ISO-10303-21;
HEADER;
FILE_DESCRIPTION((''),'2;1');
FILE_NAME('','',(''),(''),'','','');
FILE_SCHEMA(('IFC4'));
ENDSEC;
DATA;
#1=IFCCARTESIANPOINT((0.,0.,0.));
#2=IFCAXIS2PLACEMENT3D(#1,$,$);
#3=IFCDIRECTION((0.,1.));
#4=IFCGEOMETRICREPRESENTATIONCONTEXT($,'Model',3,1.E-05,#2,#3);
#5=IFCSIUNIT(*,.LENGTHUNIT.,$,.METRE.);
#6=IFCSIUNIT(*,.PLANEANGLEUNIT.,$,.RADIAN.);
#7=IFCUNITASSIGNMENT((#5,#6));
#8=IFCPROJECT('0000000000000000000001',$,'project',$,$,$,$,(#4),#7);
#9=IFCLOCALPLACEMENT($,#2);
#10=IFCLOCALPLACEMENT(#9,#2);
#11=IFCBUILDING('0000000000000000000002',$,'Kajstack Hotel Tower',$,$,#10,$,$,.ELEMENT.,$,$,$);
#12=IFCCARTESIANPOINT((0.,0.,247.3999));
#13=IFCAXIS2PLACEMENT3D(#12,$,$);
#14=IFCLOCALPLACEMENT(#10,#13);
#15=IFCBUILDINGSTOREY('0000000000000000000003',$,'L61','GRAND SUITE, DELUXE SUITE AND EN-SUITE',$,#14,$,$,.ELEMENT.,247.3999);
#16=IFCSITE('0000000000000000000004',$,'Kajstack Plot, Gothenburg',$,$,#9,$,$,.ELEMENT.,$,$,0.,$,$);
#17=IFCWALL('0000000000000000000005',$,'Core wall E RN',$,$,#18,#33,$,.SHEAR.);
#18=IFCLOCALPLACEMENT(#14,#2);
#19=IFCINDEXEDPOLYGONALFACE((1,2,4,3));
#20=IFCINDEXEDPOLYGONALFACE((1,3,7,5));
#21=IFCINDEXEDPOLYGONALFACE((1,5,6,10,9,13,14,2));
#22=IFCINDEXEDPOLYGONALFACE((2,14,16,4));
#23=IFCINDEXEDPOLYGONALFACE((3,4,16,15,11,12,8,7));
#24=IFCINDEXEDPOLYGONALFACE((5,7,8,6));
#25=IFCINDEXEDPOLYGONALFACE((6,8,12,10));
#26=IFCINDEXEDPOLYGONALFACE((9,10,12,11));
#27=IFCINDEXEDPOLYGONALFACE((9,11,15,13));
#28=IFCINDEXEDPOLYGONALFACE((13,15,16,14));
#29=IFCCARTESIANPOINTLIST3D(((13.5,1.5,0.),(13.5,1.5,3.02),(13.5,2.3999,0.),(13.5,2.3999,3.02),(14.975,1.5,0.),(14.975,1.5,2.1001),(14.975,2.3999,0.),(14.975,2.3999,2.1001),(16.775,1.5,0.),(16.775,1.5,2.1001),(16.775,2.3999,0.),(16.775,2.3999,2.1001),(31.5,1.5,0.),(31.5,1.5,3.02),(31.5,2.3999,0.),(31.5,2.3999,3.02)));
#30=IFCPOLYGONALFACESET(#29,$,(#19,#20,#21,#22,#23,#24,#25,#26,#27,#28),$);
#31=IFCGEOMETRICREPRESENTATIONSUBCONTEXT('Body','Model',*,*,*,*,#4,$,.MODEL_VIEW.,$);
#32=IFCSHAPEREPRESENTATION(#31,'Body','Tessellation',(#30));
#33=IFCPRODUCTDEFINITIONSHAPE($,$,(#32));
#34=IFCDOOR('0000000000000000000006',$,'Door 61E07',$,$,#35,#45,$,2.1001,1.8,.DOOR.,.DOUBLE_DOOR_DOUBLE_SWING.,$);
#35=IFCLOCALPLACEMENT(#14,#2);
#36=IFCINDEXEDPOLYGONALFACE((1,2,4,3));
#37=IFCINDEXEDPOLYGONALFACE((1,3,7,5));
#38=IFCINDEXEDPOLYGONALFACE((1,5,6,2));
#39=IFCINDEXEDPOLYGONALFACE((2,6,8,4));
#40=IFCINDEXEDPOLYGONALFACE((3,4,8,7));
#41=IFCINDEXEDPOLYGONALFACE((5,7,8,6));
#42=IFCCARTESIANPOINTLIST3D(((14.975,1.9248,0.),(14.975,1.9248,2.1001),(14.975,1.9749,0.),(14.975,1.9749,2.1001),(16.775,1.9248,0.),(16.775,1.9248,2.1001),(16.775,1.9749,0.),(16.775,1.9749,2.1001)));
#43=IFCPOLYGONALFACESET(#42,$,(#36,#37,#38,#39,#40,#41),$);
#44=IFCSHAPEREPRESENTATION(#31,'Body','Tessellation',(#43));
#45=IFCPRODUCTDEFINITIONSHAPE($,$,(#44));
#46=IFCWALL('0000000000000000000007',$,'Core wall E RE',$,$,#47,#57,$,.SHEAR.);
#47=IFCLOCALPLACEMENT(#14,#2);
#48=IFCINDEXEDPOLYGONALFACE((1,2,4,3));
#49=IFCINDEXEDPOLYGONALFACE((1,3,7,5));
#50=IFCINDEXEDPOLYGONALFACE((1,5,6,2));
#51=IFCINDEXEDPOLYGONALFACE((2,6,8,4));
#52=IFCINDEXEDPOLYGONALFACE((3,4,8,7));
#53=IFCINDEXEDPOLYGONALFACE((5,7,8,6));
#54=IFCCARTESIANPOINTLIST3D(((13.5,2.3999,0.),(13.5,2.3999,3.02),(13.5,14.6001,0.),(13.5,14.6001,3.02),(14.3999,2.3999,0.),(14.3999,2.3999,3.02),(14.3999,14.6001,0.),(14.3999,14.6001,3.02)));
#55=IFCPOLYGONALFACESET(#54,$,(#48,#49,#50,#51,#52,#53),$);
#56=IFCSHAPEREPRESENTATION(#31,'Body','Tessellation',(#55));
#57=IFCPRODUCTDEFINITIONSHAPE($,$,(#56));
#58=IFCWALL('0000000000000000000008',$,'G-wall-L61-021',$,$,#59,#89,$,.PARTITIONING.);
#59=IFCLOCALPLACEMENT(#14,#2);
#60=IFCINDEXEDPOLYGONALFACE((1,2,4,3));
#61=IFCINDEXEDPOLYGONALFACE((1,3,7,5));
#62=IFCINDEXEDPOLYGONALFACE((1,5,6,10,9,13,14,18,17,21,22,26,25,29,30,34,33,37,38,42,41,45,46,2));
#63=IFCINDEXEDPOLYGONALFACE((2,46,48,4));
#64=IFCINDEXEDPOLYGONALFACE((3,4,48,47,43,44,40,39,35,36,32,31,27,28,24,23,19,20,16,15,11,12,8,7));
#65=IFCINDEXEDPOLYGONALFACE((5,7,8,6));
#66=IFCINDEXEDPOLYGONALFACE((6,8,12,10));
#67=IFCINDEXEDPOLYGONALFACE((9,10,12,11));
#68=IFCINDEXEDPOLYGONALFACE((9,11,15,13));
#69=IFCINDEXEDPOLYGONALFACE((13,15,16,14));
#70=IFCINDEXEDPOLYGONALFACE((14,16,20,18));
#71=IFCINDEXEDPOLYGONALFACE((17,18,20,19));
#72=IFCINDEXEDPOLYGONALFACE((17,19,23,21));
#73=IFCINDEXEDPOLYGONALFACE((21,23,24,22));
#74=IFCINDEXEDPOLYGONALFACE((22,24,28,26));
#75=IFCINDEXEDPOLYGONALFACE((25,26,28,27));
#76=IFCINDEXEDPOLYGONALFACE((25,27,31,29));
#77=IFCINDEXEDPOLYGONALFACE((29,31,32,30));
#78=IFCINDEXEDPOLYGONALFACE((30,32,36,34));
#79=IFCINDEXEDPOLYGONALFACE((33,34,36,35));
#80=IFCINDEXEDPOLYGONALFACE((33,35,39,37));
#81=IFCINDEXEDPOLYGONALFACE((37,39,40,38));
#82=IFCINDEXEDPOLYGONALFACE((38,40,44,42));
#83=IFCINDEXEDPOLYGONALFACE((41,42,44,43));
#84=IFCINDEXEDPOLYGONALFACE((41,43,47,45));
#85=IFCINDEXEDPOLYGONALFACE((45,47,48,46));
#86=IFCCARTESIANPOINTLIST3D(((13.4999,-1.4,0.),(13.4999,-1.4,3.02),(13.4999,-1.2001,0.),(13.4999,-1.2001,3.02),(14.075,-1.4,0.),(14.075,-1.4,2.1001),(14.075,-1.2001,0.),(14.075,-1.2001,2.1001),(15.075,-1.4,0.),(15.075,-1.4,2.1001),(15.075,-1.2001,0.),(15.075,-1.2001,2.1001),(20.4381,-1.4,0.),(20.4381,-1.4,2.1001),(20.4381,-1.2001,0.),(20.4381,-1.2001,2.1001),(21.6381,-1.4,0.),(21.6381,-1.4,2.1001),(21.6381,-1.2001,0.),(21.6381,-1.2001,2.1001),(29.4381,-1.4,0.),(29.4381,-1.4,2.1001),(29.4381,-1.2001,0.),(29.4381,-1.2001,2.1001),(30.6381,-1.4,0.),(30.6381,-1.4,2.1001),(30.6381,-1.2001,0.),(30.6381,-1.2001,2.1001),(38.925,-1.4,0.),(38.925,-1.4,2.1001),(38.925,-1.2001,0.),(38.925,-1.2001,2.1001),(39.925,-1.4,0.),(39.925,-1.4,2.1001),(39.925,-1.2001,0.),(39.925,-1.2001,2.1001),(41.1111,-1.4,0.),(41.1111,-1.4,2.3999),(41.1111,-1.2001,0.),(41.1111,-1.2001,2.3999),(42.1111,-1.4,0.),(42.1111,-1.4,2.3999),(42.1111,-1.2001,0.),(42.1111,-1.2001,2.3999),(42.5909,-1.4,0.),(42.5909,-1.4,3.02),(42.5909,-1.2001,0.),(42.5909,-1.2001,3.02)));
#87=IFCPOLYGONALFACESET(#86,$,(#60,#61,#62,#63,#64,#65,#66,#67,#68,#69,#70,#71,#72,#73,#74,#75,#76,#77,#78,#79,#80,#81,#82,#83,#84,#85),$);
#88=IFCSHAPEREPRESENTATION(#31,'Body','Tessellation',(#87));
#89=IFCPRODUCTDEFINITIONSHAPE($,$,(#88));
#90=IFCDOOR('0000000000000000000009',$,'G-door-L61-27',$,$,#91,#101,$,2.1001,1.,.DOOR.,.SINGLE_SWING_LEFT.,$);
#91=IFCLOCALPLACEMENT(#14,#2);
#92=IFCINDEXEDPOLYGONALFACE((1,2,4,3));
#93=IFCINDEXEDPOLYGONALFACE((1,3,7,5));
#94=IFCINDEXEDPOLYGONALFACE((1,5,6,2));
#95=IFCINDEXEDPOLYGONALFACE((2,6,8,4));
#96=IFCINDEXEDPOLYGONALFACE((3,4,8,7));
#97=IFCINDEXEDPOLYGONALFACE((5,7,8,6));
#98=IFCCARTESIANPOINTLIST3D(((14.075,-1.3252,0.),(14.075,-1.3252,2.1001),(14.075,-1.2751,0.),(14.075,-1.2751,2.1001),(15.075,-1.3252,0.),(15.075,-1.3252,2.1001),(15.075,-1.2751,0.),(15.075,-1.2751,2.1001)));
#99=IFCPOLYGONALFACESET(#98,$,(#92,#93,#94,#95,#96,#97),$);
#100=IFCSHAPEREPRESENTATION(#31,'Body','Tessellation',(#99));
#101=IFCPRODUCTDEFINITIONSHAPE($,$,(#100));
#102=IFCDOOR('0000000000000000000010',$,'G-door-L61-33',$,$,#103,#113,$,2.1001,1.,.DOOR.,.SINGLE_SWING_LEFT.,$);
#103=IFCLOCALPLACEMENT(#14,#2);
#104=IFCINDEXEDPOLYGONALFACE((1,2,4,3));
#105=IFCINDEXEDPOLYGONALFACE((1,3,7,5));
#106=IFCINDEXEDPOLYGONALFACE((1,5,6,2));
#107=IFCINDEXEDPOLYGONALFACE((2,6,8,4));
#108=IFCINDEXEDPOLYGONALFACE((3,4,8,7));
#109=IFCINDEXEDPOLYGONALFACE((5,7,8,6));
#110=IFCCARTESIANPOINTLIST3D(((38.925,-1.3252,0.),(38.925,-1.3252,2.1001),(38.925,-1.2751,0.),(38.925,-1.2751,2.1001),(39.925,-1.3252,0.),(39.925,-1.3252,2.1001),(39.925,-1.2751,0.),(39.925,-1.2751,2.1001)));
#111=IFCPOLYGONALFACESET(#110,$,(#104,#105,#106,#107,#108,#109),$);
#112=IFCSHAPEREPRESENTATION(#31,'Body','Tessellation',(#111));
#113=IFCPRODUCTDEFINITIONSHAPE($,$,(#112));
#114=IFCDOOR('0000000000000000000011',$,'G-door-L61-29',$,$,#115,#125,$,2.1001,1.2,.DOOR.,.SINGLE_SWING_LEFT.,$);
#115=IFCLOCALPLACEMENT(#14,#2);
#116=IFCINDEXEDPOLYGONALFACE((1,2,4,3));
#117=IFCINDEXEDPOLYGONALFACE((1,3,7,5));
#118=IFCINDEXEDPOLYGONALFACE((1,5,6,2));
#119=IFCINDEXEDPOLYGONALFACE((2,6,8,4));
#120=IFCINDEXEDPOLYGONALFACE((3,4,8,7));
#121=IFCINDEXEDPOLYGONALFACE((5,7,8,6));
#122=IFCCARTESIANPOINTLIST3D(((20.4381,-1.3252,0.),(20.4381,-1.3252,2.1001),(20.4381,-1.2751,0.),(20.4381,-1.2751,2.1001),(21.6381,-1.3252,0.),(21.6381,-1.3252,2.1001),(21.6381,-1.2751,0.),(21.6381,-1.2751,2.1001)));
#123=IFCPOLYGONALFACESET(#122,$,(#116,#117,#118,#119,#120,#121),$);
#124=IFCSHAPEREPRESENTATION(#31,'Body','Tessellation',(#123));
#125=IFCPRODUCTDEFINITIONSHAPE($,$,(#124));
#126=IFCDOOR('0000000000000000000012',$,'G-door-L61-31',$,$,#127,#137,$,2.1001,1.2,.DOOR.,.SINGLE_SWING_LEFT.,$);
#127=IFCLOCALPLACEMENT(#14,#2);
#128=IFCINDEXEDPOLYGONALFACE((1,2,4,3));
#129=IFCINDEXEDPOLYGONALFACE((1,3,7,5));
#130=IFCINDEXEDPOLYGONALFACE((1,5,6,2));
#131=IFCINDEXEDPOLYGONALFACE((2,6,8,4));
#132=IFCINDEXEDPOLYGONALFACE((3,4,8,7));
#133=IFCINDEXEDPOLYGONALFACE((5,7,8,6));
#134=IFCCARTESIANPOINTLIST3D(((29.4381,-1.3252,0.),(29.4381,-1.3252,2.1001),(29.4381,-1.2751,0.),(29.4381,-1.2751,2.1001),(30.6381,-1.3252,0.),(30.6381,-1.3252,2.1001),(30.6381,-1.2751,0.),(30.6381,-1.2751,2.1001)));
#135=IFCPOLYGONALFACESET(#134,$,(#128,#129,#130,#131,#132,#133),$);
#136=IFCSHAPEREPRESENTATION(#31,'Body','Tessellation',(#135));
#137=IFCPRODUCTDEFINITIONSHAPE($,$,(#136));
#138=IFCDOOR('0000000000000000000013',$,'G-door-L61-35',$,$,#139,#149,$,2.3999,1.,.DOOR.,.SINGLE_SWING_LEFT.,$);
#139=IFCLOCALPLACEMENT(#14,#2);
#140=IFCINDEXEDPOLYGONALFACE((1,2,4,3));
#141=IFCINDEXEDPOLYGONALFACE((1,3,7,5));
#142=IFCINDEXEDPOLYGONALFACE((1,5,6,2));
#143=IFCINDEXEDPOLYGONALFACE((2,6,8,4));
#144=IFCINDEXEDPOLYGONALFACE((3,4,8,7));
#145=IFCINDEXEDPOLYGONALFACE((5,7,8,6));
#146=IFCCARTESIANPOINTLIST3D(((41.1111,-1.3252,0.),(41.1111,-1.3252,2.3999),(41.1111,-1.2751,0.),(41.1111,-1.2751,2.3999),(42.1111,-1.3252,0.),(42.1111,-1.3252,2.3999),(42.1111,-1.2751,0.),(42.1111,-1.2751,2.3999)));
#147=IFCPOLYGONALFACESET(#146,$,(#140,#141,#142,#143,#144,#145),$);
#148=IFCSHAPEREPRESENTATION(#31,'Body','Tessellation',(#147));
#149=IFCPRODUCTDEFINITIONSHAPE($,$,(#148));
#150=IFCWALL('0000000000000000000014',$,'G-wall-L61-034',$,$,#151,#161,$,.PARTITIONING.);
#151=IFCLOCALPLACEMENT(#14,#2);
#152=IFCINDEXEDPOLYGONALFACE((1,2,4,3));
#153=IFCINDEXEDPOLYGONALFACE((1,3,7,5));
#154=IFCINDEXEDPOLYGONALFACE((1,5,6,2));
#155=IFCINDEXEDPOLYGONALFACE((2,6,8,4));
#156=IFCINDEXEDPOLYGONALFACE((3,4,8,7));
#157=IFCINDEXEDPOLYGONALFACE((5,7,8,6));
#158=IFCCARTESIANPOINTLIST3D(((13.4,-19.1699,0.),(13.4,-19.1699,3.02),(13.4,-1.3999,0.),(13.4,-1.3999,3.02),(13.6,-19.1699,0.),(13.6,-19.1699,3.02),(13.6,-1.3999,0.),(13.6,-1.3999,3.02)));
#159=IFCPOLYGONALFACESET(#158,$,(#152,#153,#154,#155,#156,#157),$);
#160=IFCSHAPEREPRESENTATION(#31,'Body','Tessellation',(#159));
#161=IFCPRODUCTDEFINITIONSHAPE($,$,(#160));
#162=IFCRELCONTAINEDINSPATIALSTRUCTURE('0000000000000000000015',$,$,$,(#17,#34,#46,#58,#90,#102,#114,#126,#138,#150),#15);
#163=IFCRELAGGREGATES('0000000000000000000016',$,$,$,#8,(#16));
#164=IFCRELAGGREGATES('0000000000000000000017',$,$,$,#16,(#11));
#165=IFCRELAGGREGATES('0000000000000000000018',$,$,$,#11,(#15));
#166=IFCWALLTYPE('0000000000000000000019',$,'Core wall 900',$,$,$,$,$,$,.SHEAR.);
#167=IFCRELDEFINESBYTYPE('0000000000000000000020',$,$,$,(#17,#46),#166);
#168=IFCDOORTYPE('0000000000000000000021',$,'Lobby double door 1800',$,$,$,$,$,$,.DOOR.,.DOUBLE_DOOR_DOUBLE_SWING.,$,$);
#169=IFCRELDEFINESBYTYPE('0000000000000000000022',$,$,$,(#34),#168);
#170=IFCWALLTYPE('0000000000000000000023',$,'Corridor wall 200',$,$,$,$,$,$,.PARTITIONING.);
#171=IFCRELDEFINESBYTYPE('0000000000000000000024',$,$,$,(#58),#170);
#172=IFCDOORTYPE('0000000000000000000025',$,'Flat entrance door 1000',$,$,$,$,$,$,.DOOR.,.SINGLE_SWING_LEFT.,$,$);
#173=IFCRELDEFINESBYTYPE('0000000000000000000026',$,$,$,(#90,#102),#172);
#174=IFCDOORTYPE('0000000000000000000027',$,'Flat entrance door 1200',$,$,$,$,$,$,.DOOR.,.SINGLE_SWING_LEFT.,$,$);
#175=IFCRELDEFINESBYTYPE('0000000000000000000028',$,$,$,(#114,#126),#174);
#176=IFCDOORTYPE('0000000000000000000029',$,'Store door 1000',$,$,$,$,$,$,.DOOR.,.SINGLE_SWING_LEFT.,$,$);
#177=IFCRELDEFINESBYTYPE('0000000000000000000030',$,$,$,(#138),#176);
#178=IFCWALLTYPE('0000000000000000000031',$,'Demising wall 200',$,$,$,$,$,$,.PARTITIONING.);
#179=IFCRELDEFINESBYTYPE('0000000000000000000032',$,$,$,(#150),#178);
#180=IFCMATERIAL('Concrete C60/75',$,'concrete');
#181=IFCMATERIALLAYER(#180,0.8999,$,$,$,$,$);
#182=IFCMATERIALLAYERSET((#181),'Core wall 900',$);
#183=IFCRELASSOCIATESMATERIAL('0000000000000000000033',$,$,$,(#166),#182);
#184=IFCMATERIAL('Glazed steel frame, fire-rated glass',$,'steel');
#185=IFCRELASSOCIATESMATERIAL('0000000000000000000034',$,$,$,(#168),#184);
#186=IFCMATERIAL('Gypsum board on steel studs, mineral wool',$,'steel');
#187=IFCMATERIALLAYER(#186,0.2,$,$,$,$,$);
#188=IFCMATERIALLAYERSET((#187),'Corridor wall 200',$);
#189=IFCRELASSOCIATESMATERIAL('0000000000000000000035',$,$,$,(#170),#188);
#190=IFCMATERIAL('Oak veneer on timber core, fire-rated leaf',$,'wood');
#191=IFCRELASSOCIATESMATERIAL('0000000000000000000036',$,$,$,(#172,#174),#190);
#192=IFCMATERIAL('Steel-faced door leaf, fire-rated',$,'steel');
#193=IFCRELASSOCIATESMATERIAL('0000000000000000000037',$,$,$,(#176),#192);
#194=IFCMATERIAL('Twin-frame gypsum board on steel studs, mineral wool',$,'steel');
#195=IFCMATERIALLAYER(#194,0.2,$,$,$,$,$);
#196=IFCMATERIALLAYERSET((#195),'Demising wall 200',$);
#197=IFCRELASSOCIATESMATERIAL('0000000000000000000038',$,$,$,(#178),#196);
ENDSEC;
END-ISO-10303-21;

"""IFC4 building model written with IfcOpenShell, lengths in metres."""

from ifc_helpers import new_model, si_unit, direction, frame, frame_2d, origin, place, context, subcontext, project, spatial, rectangle, extrude, material, layer, layer_set, type_object, element, fill, save


model = new_model("IFC4")

# Units and contexts
model_context = context("Model", 3, precision=1e-05, world=origin(), true_north=direction((0.0, 1.0)))
body_context = subcontext(model_context, "Body", "Model", "MODEL_VIEW")
ifc_project = project(units=[si_unit("LENGTHUNIT", "METRE"), si_unit("PLANEANGLEUNIT", "RADIAN")], contexts=[model_context])

# Site, building, storey
site_placement = place(None, origin())
site = spatial("IfcSite", under=ifc_project, at=site_placement, Name="Kajstack Plot, Gothenburg", CompositionType="ELEMENT", RefElevation=0.0)
building_placement = place(site_placement, origin())
building = spatial("IfcBuilding", under=site, at=building_placement, Name="Kajstack Hotel Tower", CompositionType="ELEMENT")
storey_placement = place(building_placement, frame((0.0, 0.0, 247.3999)))
storey = spatial("IfcBuildingStorey", under=building, at=storey_placement, Name="L61", Description="GRAND SUITE, DELUXE SUITE AND EN-SUITE", CompositionType="ELEMENT", Elevation=247.3999)

# Wall, opening, door
ifc_material_1 = material(Name="Concrete C60/75", Category="concrete")
ifc_layer_1 = layer(ifc_material_1, 0.8999)
ifc_layer_set_1 = layer_set([ifc_layer_1], Name="Core wall 900")
wall_type_1 = type_object("IfcWallType", Name="Core wall 900", PredefinedType="SHEAR", material=ifc_layer_set_1)
wall_1_placement = place(storey_placement, frame((13.5, 1.95, 0.0), z_axis=(0.0, 0.0, 1.0), x_axis=(1.0, 0.0, 0.0)))
wall_1 = element("IfcWall", 1, at=wall_1_placement, inside=storey, type_object=wall_type_1, Name="Core wall E RN", PredefinedType="SHEAR", context=body_context, shape_type="SweptSolid", body=[
    extrude(rectangle(XDim=18.0, YDim=0.8999, at=frame_2d((9.0, 0.0))), origin(), (0.0, 0.0, 1.0), 3.02),
])
opening_1_placement = place(wall_1_placement, frame((1.4751, 0.0, 0.0)))
opening_1 = element("IfcOpeningElement", 2, at=opening_1_placement, cuts=wall_1, PredefinedType="OPENING", context=body_context, shape_type="SweptSolid", body=[
    extrude(rectangle(XDim=1.8, YDim=2.1001, at=frame_2d((0.8999, 1.05))), frame((0.0, 0.46, 0.0), z_axis=(0.0, -1.0, 0.0), x_axis=(1.0, 0.0, 0.0)), (0.0, 0.0, 1.0), 0.9199),
])
ifc_material_2 = material(Name="Glazed steel frame, fire-rated glass", Category="steel")
door_type_1 = type_object("IfcDoorType", Name="Lobby double door 1800", OperationType="DOUBLE_DOOR_DOUBLE_SWING", PredefinedType="DOOR", material=ifc_material_2)
door_1_placement = place(opening_1_placement, origin())
door_1 = element("IfcDoor", 3, at=door_1_placement, inside=storey, type_object=door_type_1, Name="Door 61E07", OperationType="DOUBLE_DOOR_DOUBLE_SWING", OverallHeight=2.1001, OverallWidth=1.8, PredefinedType="DOOR", context=body_context, shape_type="SweptSolid", body=[
    extrude(rectangle(XDim=1.8, YDim=2.1001, at=frame_2d((0.8999, 1.05))), frame((0.0, 0.0249, 0.0), z_axis=(0.0, -1.0, 0.0), x_axis=(1.0, 0.0, 0.0)), (0.0, 0.0, 1.0), 0.05),
])
fill(opening_1, door_1)

# Wall
wall_2_placement = place(storey_placement, frame((13.95, 2.3999, 0.0), z_axis=(0.0, 0.0, 1.0), x_axis=(0.0, 1.0, 0.0)))
element("IfcWall", 4, at=wall_2_placement, inside=storey, type_object=wall_type_1, Name="Core wall E RE", PredefinedType="SHEAR", context=body_context, shape_type="SweptSolid", body=[
    extrude(rectangle(XDim=12.2002, YDim=0.8999, at=frame_2d((6.1001, 0.0))), origin(), (0.0, 0.0, 1.0), 3.02),
])

# Wall, openings, doors
ifc_material_3 = material(Name="Gypsum board on steel studs, mineral wool", Category="steel")
ifc_layer_2 = layer(ifc_material_3, 0.2)
ifc_layer_set_2 = layer_set([ifc_layer_2], Name="Corridor wall 200")
wall_type_2 = type_object("IfcWallType", Name="Corridor wall 200", PredefinedType="PARTITIONING", material=ifc_layer_set_2)
wall_3_placement = place(storey_placement, frame((13.5, -1.3, 0.0), z_axis=(0.0, 0.0, 1.0), x_axis=(1.0, 0.0, 0.0)))
wall_3 = element("IfcWall", 5, at=wall_3_placement, inside=storey, type_object=wall_type_2, Name="G-wall-L61-021", PredefinedType="PARTITIONING", context=body_context, shape_type="SweptSolid", body=[
    extrude(rectangle(XDim=29.0911, YDim=0.2, at=frame_2d((14.5454, 0.0))), origin(), (0.0, 0.0, 1.0), 3.02),
])
opening_2_placement = place(wall_3_placement, frame((0.575, 0.0, 0.0)))
opening_2 = element("IfcOpeningElement", 6, at=opening_2_placement, cuts=wall_3, PredefinedType="OPENING", context=body_context, shape_type="SweptSolid", body=[
    extrude(rectangle(XDim=1.0, YDim=2.1001, at=frame_2d((0.5, 1.05))), frame((0.0, 0.1099, 0.0), z_axis=(0.0, -1.0, 0.0), x_axis=(1.0, 0.0, 0.0)), (0.0, 0.0, 1.0), 0.22),
])
opening_3_placement = place(wall_3_placement, frame((6.938, 0.0, 0.0)))
opening_3 = element("IfcOpeningElement", 7, at=opening_3_placement, cuts=wall_3, PredefinedType="OPENING", context=body_context, shape_type="SweptSolid", body=[
    extrude(rectangle(XDim=1.2, YDim=2.1001, at=frame_2d((0.6001, 1.05))), frame((0.0, 0.1099, 0.0), z_axis=(0.0, -1.0, 0.0), x_axis=(1.0, 0.0, 0.0)), (0.0, 0.0, 1.0), 0.22),
])
opening_4_placement = place(wall_3_placement, frame((15.938, 0.0, 0.0)))
opening_4 = element("IfcOpeningElement", 8, at=opening_4_placement, cuts=wall_3, PredefinedType="OPENING", context=body_context, shape_type="SweptSolid", body=[
    extrude(rectangle(XDim=1.2, YDim=2.1001, at=frame_2d((0.6001, 1.05))), frame((0.0, 0.1099, 0.0), z_axis=(0.0, -1.0, 0.0), x_axis=(1.0, 0.0, 0.0)), (0.0, 0.0, 1.0), 0.22),
])
opening_5_placement = place(wall_3_placement, frame((25.425, 0.0, 0.0)))
opening_5 = element("IfcOpeningElement", 9, at=opening_5_placement, cuts=wall_3, PredefinedType="OPENING", context=body_context, shape_type="SweptSolid", body=[
    extrude(rectangle(XDim=1.0, YDim=2.1001, at=frame_2d((0.5, 1.05))), frame((0.0, 0.1099, 0.0), z_axis=(0.0, -1.0, 0.0), x_axis=(1.0, 0.0, 0.0)), (0.0, 0.0, 1.0), 0.22),
])
opening_6_placement = place(wall_3_placement, frame((27.6111, 0.0, 0.0)))
opening_6 = element("IfcOpeningElement", 10, at=opening_6_placement, cuts=wall_3, PredefinedType="OPENING", context=body_context, shape_type="SweptSolid", body=[
    extrude(rectangle(XDim=1.0, YDim=2.3999, at=frame_2d((0.5, 1.2))), frame((0.0, 0.1099, 0.0), z_axis=(0.0, -1.0, 0.0), x_axis=(1.0, 0.0, 0.0)), (0.0, 0.0, 1.0), 0.22),
])
ifc_material_4 = material(Name="Oak veneer on timber core, fire-rated leaf", Category="wood")
door_type_2 = type_object("IfcDoorType", Name="Flat entrance door 1000", OperationType="SINGLE_SWING_LEFT", PredefinedType="DOOR", material=ifc_material_4)
door_2_placement = place(opening_2_placement, origin())
door_2 = element("IfcDoor", 11, at=door_2_placement, inside=storey, type_object=door_type_2, Name="G-door-L61-27", OperationType="SINGLE_SWING_LEFT", OverallHeight=2.1001, OverallWidth=1.0, PredefinedType="DOOR", context=body_context, shape_type="SweptSolid", body=[
    extrude(rectangle(XDim=1.0, YDim=2.1001, at=frame_2d((0.5, 1.05))), frame((0.0, 0.0249, 0.0), z_axis=(0.0, -1.0, 0.0), x_axis=(1.0, 0.0, 0.0)), (0.0, 0.0, 1.0), 0.05),
])
fill(opening_2, door_2)
door_3_placement = place(opening_5_placement, origin())
door_3 = element("IfcDoor", 12, at=door_3_placement, inside=storey, type_object=door_type_2, Name="G-door-L61-33", OperationType="SINGLE_SWING_LEFT", OverallHeight=2.1001, OverallWidth=1.0, PredefinedType="DOOR", context=body_context, shape_type="SweptSolid", body=[
    extrude(rectangle(XDim=1.0, YDim=2.1001, at=frame_2d((0.5, 1.05))), frame((0.0, 0.0249, 0.0), z_axis=(0.0, -1.0, 0.0), x_axis=(1.0, 0.0, 0.0)), (0.0, 0.0, 1.0), 0.05),
])
fill(opening_5, door_3)
door_type_3 = type_object("IfcDoorType", Name="Flat entrance door 1200", OperationType="SINGLE_SWING_LEFT", PredefinedType="DOOR", material=ifc_material_4)
door_4_placement = place(opening_3_placement, origin())
door_4 = element("IfcDoor", 13, at=door_4_placement, inside=storey, type_object=door_type_3, Name="G-door-L61-29", OperationType="SINGLE_SWING_LEFT", OverallHeight=2.1001, OverallWidth=1.2, PredefinedType="DOOR", context=body_context, shape_type="SweptSolid", body=[
    extrude(rectangle(XDim=1.2, YDim=2.1001, at=frame_2d((0.6001, 1.05))), frame((0.0, 0.0249, 0.0), z_axis=(0.0, -1.0, 0.0), x_axis=(1.0, 0.0, 0.0)), (0.0, 0.0, 1.0), 0.05),
])
fill(opening_3, door_4)
door_5_placement = place(opening_4_placement, origin())
door_5 = element("IfcDoor", 14, at=door_5_placement, inside=storey, type_object=door_type_3, Name="G-door-L61-31", OperationType="SINGLE_SWING_LEFT", OverallHeight=2.1001, OverallWidth=1.2, PredefinedType="DOOR", context=body_context, shape_type="SweptSolid", body=[
    extrude(rectangle(XDim=1.2, YDim=2.1001, at=frame_2d((0.6001, 1.05))), frame((0.0, 0.0249, 0.0), z_axis=(0.0, -1.0, 0.0), x_axis=(1.0, 0.0, 0.0)), (0.0, 0.0, 1.0), 0.05),
])
fill(opening_4, door_5)
ifc_material_5 = material(Name="Steel-faced door leaf, fire-rated", Category="steel")
door_type_4 = type_object("IfcDoorType", Name="Store door 1000", OperationType="SINGLE_SWING_LEFT", PredefinedType="DOOR", material=ifc_material_5)
door_6_placement = place(opening_6_placement, origin())
door_6 = element("IfcDoor", 15, at=door_6_placement, inside=storey, type_object=door_type_4, Name="G-door-L61-35", OperationType="SINGLE_SWING_LEFT", OverallHeight=2.3999, OverallWidth=1.0, PredefinedType="DOOR", context=body_context, shape_type="SweptSolid", body=[
    extrude(rectangle(XDim=1.0, YDim=2.3999, at=frame_2d((0.5, 1.2))), frame((0.0, 0.0249, 0.0), z_axis=(0.0, -1.0, 0.0), x_axis=(1.0, 0.0, 0.0)), (0.0, 0.0, 1.0), 0.05),
])
fill(opening_6, door_6)

# Wall
ifc_material_6 = material(Name="Twin-frame gypsum board on steel studs, mineral wool", Category="steel")
ifc_layer_3 = layer(ifc_material_6, 0.2)
ifc_layer_set_3 = layer_set([ifc_layer_3], Name="Demising wall 200")
wall_type_3 = type_object("IfcWallType", Name="Demising wall 200", PredefinedType="PARTITIONING", material=ifc_layer_set_3)
wall_4_placement = place(storey_placement, frame((13.5, -19.1699, 0.0), z_axis=(0.0, 0.0, 1.0), x_axis=(0.0, 1.0, 0.0)))
element("IfcWall", 16, at=wall_4_placement, inside=storey, type_object=wall_type_3, Name="G-wall-L61-034", PredefinedType="PARTITIONING", context=body_context, shape_type="SweptSolid", body=[
    extrude(rectangle(XDim=17.77, YDim=0.2, at=frame_2d((8.885, 0.0))), origin(), (0.0, 0.0, 1.0), 3.02),
])

save(model, "model.ifc")
